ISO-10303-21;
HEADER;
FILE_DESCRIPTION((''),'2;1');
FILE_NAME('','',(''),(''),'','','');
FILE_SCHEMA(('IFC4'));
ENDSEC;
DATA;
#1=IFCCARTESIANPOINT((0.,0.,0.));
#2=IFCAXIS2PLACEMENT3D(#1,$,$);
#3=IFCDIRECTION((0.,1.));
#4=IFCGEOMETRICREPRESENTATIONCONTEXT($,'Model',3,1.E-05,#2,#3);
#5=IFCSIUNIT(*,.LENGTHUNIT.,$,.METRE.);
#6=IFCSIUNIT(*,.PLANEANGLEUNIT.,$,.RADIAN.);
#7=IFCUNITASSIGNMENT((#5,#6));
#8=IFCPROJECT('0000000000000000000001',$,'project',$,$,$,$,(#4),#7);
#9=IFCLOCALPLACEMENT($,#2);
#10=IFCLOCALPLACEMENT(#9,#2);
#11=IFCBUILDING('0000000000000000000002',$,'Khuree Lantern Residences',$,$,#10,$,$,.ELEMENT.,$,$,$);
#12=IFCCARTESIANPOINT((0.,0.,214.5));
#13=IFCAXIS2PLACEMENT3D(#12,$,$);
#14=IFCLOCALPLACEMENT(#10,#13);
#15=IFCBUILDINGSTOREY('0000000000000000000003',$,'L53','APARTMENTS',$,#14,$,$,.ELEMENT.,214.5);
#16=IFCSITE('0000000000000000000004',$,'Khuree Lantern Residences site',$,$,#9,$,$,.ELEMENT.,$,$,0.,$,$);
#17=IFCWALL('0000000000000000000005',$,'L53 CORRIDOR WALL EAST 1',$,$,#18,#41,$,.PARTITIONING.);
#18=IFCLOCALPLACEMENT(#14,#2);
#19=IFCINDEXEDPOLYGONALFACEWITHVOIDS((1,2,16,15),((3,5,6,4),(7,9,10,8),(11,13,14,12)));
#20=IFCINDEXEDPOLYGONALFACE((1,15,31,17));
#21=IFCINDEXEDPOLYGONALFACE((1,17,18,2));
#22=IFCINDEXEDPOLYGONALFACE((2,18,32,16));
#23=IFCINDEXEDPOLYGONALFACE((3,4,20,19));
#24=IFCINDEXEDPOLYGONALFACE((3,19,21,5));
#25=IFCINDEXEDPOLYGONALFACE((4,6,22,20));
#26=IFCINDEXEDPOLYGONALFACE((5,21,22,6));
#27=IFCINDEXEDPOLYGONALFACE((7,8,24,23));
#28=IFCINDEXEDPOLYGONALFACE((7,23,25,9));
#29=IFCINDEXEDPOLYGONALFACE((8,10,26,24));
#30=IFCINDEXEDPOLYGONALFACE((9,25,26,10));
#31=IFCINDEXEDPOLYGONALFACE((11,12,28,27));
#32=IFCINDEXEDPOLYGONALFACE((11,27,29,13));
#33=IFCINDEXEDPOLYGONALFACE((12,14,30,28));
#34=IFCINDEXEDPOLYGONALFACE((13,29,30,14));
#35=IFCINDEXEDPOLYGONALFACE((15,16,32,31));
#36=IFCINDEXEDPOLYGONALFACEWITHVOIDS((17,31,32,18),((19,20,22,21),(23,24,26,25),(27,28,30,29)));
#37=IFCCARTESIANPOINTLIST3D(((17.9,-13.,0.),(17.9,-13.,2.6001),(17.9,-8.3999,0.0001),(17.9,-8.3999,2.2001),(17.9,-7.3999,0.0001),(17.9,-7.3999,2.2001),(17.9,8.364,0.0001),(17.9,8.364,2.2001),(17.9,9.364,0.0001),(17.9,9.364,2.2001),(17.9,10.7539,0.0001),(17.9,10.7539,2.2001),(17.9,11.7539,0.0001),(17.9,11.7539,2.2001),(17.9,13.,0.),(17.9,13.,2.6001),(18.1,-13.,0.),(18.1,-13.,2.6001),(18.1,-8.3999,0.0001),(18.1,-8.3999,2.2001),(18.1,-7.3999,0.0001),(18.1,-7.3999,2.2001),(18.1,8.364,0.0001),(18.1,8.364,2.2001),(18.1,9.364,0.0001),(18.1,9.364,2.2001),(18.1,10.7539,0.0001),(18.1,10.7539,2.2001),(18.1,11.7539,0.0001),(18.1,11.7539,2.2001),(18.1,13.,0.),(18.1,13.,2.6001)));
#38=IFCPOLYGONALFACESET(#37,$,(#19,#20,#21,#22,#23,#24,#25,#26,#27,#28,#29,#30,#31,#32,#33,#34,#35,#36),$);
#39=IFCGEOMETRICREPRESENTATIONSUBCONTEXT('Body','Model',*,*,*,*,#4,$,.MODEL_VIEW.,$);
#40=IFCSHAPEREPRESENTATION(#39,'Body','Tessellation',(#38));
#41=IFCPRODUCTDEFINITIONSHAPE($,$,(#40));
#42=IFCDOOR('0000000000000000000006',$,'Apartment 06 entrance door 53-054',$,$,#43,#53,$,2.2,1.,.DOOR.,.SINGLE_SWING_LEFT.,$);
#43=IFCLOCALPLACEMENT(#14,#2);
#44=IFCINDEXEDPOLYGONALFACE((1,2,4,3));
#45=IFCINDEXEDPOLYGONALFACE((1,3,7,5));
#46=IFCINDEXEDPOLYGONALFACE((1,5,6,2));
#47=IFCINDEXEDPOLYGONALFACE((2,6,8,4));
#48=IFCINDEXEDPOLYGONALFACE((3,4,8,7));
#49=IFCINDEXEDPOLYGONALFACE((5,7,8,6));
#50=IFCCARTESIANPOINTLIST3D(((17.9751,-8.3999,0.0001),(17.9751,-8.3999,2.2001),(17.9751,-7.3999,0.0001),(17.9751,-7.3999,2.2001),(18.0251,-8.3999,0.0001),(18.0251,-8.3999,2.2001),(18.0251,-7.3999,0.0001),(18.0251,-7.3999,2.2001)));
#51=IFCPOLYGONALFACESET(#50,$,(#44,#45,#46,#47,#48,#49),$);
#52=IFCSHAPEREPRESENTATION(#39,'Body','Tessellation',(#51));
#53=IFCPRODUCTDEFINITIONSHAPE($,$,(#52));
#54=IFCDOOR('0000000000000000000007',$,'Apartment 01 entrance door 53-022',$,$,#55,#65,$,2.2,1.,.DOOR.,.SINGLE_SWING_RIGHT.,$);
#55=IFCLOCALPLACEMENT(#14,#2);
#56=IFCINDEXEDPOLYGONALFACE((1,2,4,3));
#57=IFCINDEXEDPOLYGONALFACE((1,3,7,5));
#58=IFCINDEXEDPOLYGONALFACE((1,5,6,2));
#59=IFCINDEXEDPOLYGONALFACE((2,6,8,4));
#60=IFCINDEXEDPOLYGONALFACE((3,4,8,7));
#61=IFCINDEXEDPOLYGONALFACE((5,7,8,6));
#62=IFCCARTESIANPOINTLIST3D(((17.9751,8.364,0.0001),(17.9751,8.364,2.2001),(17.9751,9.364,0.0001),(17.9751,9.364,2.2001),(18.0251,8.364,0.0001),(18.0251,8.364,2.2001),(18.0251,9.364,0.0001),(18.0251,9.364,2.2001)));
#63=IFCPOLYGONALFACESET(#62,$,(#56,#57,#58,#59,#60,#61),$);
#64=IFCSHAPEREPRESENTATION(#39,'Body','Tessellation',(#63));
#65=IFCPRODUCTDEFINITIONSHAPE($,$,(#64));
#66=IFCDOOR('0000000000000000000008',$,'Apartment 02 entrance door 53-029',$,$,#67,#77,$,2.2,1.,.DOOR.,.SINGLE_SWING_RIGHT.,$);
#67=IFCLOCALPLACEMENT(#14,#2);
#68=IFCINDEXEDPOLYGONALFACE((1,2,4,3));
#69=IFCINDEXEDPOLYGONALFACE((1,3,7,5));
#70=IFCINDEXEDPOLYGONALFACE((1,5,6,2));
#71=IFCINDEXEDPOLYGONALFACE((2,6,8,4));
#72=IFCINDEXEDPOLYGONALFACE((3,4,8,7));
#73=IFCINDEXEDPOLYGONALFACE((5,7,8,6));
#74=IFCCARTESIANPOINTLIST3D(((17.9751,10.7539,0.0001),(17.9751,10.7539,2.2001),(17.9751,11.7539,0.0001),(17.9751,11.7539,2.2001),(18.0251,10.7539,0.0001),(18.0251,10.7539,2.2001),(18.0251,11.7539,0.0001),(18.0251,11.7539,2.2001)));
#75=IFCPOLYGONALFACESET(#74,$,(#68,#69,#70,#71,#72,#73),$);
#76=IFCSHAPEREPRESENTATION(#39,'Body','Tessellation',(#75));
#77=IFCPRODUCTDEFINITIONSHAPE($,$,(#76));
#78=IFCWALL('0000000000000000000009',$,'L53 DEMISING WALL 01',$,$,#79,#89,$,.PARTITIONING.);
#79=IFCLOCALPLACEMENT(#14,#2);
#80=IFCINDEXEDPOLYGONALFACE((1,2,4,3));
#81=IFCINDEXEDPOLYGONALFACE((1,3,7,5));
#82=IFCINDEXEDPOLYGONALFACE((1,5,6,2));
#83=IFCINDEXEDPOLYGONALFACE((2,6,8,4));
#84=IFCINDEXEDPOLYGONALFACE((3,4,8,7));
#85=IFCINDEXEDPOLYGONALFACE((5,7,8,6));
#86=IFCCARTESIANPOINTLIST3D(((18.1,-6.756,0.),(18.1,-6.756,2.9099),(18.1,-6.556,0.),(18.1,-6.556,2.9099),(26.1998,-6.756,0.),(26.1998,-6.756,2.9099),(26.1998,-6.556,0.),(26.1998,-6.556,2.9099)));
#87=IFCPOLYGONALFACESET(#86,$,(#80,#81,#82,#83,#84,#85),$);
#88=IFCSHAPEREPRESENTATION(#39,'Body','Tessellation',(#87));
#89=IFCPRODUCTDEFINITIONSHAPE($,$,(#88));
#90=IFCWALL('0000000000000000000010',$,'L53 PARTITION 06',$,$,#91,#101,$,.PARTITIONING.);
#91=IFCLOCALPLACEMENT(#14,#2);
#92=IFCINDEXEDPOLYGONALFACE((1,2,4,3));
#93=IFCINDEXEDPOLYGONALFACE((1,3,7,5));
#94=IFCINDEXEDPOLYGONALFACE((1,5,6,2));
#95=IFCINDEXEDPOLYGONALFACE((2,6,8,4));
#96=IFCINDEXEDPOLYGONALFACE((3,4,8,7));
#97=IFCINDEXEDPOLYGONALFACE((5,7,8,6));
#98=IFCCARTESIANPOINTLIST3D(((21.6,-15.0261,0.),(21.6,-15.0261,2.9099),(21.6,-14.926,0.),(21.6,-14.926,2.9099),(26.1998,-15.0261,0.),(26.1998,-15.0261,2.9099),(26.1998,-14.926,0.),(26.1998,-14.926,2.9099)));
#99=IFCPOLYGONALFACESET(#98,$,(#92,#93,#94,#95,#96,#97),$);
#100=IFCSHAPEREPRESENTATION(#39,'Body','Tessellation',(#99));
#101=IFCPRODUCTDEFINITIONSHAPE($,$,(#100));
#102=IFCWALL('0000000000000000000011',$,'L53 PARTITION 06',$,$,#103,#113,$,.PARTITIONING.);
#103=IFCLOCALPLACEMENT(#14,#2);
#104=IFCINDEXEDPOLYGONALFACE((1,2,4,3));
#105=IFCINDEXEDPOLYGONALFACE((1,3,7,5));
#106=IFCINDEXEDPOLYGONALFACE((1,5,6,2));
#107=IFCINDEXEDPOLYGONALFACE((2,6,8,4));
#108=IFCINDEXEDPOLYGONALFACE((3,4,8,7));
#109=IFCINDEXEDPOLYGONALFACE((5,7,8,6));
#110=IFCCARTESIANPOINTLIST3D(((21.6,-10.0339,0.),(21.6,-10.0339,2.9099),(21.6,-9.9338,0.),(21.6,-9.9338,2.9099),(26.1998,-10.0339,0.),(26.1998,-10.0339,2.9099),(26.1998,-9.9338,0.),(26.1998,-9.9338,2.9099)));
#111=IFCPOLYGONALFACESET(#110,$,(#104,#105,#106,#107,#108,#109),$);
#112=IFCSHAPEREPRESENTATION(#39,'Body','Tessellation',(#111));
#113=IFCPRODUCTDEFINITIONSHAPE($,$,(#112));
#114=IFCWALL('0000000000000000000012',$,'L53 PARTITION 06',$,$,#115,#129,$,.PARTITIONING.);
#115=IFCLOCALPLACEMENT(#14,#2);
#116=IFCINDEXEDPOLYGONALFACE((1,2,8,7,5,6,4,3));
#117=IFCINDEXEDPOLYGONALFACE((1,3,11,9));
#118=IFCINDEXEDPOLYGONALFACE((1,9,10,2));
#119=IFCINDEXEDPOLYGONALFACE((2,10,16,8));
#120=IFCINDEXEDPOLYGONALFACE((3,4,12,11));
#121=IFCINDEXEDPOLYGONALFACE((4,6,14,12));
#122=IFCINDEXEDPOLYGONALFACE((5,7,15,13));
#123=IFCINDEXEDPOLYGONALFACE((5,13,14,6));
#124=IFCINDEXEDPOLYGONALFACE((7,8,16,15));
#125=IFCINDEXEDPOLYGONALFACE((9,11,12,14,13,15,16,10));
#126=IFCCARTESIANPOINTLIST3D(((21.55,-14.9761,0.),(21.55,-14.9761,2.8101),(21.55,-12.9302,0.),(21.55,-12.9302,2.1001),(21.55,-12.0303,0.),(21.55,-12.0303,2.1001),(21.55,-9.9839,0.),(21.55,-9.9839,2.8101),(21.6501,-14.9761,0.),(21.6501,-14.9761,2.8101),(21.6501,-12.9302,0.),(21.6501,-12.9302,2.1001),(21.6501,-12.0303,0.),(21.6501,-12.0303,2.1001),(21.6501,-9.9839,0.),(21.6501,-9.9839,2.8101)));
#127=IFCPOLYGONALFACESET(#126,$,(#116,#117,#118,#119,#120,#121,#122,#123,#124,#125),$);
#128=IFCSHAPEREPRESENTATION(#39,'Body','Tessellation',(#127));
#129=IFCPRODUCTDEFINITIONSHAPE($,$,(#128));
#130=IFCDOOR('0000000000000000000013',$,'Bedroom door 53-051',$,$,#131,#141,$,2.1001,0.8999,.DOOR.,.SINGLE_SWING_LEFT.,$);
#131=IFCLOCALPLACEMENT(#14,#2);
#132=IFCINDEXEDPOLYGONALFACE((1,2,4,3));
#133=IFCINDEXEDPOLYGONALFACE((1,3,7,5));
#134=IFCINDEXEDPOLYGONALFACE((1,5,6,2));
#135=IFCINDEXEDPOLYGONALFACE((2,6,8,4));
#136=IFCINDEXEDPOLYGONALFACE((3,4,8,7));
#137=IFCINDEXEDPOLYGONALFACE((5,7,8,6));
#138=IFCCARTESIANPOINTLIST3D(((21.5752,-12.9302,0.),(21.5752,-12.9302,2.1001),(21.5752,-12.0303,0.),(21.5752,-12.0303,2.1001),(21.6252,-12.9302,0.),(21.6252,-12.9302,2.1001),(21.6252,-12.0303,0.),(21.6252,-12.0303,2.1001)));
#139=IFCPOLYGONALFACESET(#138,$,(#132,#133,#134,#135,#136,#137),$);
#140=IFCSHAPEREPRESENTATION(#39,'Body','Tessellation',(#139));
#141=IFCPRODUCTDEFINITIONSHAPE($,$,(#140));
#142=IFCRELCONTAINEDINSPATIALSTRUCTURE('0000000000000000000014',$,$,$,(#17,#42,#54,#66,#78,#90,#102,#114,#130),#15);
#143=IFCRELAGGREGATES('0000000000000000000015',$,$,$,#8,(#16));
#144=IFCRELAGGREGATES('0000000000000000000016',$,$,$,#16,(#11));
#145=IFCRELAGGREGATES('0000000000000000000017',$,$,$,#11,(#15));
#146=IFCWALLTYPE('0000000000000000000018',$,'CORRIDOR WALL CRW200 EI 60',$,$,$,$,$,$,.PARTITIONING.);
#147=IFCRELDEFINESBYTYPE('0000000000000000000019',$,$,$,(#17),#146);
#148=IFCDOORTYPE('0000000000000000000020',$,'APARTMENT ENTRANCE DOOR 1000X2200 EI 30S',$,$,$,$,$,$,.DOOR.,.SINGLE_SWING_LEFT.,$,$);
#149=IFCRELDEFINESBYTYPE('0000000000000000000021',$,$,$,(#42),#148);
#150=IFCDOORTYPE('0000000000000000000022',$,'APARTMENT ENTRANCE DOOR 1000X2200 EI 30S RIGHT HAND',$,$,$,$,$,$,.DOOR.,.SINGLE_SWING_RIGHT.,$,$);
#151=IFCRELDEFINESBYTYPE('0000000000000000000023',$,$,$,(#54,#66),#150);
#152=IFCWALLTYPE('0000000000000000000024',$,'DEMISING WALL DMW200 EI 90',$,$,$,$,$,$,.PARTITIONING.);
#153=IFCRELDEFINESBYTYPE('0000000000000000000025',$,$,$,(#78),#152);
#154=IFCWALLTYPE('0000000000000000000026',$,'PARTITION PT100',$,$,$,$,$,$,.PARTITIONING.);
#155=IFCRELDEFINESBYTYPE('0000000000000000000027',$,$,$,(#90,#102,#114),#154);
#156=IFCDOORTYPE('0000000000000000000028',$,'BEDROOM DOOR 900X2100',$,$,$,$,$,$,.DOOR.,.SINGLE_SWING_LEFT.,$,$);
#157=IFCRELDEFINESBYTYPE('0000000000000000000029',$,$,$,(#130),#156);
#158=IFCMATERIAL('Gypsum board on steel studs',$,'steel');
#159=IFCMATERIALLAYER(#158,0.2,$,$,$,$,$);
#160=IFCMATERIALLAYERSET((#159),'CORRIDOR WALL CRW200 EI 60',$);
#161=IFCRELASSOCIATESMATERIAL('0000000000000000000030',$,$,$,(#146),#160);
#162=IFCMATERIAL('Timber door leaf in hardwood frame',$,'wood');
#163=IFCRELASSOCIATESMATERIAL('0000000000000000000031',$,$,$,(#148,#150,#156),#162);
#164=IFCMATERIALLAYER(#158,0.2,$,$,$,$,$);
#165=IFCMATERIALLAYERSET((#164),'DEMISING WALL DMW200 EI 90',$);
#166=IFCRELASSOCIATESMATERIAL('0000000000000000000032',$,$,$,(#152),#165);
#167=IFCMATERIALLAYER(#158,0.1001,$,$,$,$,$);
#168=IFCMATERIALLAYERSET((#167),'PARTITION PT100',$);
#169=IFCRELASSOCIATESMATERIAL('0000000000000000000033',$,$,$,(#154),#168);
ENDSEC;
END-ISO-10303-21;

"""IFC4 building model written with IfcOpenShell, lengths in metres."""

from ifc_helpers import new_model, si_unit, direction, frame, frame_2d, origin, place, context, subcontext, project, spatial, rectangle, extrude, material, layer, layer_set, type_object, element, fill, save


model = new_model("IFC4")

# Units and contexts
model_context = context("Model", 3, precision=1e-05, world=origin(), true_north=direction((0.0, 1.0)))
body_context = subcontext(model_context, "Body", "Model", "MODEL_VIEW")
ifc_project = project(units=[si_unit("LENGTHUNIT", "METRE"), si_unit("PLANEANGLEUNIT", "RADIAN")], contexts=[model_context])

# Site, building, storey
site_placement = place(None, origin())
site = spatial("IfcSite", under=ifc_project, at=site_placement, Name="Khuree Lantern Residences site", CompositionType="ELEMENT", RefElevation=0.0)
building_placement = place(site_placement, origin())
building = spatial("IfcBuilding", under=site, at=building_placement, Name="Khuree Lantern Residences", CompositionType="ELEMENT")
storey_placement = place(building_placement, frame((0.0, 0.0, 214.5)))
storey = spatial("IfcBuildingStorey", under=building, at=storey_placement, Name="L53", Description="APARTMENTS", CompositionType="ELEMENT", Elevation=214.5)

# Shared definitions
ifc_material_1 = material(Name="Timber door leaf in hardwood frame", Category="wood")

# Wall, openings, doors
ifc_material_2 = material(Name="Gypsum board on steel studs", Category="steel")
ifc_layer_1 = layer(ifc_material_2, 0.2)
ifc_layer_set_1 = layer_set([ifc_layer_1], Name="CORRIDOR WALL CRW200 EI 60")
wall_type_1 = type_object("IfcWallType", Name="CORRIDOR WALL CRW200 EI 60", PredefinedType="PARTITIONING", material=ifc_layer_set_1)
wall_1_placement = place(storey_placement, frame((18.0, -13.0, 0.0), z_axis=(0.0, 0.0, 1.0), x_axis=(0.0, 1.0, 0.0)))
wall_1 = element("IfcWall", 1, at=wall_1_placement, inside=storey, type_object=wall_type_1, Name="L53 CORRIDOR WALL EAST 1", PredefinedType="PARTITIONING", context=body_context, shape_type="SweptSolid", body=[
    extrude(rectangle(XDim=26.0, YDim=0.2, at=frame_2d((13.0, 0.0))), origin(), (0.0, 0.0, 1.0), 2.6001),
])
opening_1_placement = place(wall_1_placement, frame((21.364, 0.0, 0.0)))
opening_1 = element("IfcOpeningElement", 2, at=opening_1_placement, cuts=wall_1, PredefinedType="OPENING", context=body_context, shape_type="SweptSolid", body=[
    extrude(rectangle(XDim=1.0, YDim=2.2, at=frame_2d((0.5, 1.1001))), frame((0.0, 0.1099, 0.0), z_axis=(0.0, -1.0, 0.0), x_axis=(1.0, 0.0, 0.0)), (0.0, 0.0, 1.0), 0.22),
])
opening_2_placement = place(wall_1_placement, frame((23.7539, 0.0, 0.0)))
opening_2 = element("IfcOpeningElement", 3, at=opening_2_placement, cuts=wall_1, PredefinedType="OPENING", context=body_context, shape_type="SweptSolid", body=[
    extrude(rectangle(XDim=1.0, YDim=2.2, at=frame_2d((0.5, 1.1001))), frame((0.0, 0.1099, 0.0), z_axis=(0.0, -1.0, 0.0), x_axis=(1.0, 0.0, 0.0)), (0.0, 0.0, 1.0), 0.22),
])
opening_3_placement = place(wall_1_placement, frame((4.6001, 0.0, 0.0)))
opening_3 = element("IfcOpeningElement", 4, at=opening_3_placement, cuts=wall_1, PredefinedType="OPENING", context=body_context, shape_type="SweptSolid", body=[
    extrude(rectangle(XDim=1.0, YDim=2.2, at=frame_2d((0.5, 1.1001))), frame((0.0, 0.1099, 0.0), z_axis=(0.0, -1.0, 0.0), x_axis=(1.0, 0.0, 0.0)), (0.0, 0.0, 1.0), 0.22),
])
door_type_1 = type_object("IfcDoorType", Name="APARTMENT ENTRANCE DOOR 1000X2200 EI 30S", OperationType="SINGLE_SWING_LEFT", PredefinedType="DOOR", material=ifc_material_1)
door_1_placement = place(opening_3_placement, origin())
door_1 = element("IfcDoor", 5, at=door_1_placement, inside=storey, type_object=door_type_1, Name="Apartment 06 entrance door 53-054", OperationType="SINGLE_SWING_LEFT", OverallHeight=2.2, OverallWidth=1.0, PredefinedType="DOOR", context=body_context, shape_type="SweptSolid", body=[
    extrude(rectangle(XDim=1.0, YDim=2.2, at=frame_2d((0.5, 1.1001))), frame((0.0, 0.0249, 0.0), z_axis=(0.0, -1.0, 0.0), x_axis=(1.0, 0.0, 0.0)), (0.0, 0.0, 1.0), 0.05),
])
fill(opening_3, door_1)
door_type_2 = type_object("IfcDoorType", Name="APARTMENT ENTRANCE DOOR 1000X2200 EI 30S RIGHT HAND", OperationType="SINGLE_SWING_RIGHT", PredefinedType="DOOR", material=ifc_material_1)
door_2_placement = place(opening_1_placement, origin())
door_2 = element("IfcDoor", 6, at=door_2_placement, inside=storey, type_object=door_type_2, Name="Apartment 01 entrance door 53-022", OperationType="SINGLE_SWING_RIGHT", OverallHeight=2.2, OverallWidth=1.0, PredefinedType="DOOR", context=body_context, shape_type="SweptSolid", body=[
    extrude(rectangle(XDim=1.0, YDim=2.2, at=frame_2d((0.5, 1.1001))), frame((0.0, 0.0249, 0.0), z_axis=(0.0, -1.0, 0.0), x_axis=(1.0, 0.0, 0.0)), (0.0, 0.0, 1.0), 0.05),
])
fill(opening_1, door_2)
door_3_placement = place(opening_2_placement, origin())
door_3 = element("IfcDoor", 7, at=door_3_placement, inside=storey, type_object=door_type_2, Name="Apartment 02 entrance door 53-029", OperationType="SINGLE_SWING_RIGHT", OverallHeight=2.2, OverallWidth=1.0, PredefinedType="DOOR", context=body_context, shape_type="SweptSolid", body=[
    extrude(rectangle(XDim=1.0, YDim=2.2, at=frame_2d((0.5, 1.1001))), frame((0.0, 0.0249, 0.0), z_axis=(0.0, -1.0, 0.0), x_axis=(1.0, 0.0, 0.0)), (0.0, 0.0, 1.0), 0.05),
])
fill(opening_2, door_3)

# Walls
ifc_layer_2 = layer(ifc_material_2, 0.2)
ifc_layer_set_2 = layer_set([ifc_layer_2], Name="DEMISING WALL DMW200 EI 90")
wall_type_2 = type_object("IfcWallType", Name="DEMISING WALL DMW200 EI 90", PredefinedType="PARTITIONING", material=ifc_layer_set_2)
wall_2_placement = place(storey_placement, frame((18.1001, -6.656, 0.0), z_axis=(0.0, 0.0, 1.0), x_axis=(1.0, 0.0, 0.0)))
element("IfcWall", 8, at=wall_2_placement, inside=storey, type_object=wall_type_2, Name="L53 DEMISING WALL 01", PredefinedType="PARTITIONING", context=body_context, shape_type="SweptSolid", body=[
    extrude(rectangle(XDim=8.0999, YDim=0.2, at=frame_2d((4.0498, 0.0))), origin(), (0.0, 0.0, 1.0), 2.9099),
])
ifc_layer_3 = layer(ifc_material_2, 0.1001)
ifc_layer_set_3 = layer_set([ifc_layer_3], Name="PARTITION PT100")
wall_type_3 = type_object("IfcWallType", Name="PARTITION PT100", PredefinedType="PARTITIONING", material=ifc_layer_set_3)
for number, where, z_axis, x_axis, name in (
    (9, (21.6001, -14.9761, 0.0), (0.0, 0.0, 1.0), (1.0, 0.0, 0.0), "L53 PARTITION 06"),
    (10, (21.6001, -9.9839, 0.0), (0.0, 0.0, 1.0), (1.0, 0.0, 0.0), "L53 PARTITION 06"),
):
    element("IfcWall", number, at=place(storey_placement, frame(where, z_axis=z_axis, x_axis=x_axis)), inside=storey, type_object=wall_type_3, Name=name, PredefinedType="PARTITIONING", context=body_context, shape_type="SweptSolid", body=[
        extrude(rectangle(XDim=4.5999, YDim=0.1001, at=frame_2d((2.2998, 0.0))), origin(), (0.0, 0.0, 1.0), 2.9099),
    ])

# Wall, opening, door
wall_3_placement = place(storey_placement, frame((21.6001, -14.9761, 0.0), z_axis=(0.0, 0.0, 1.0), x_axis=(0.0, 1.0, 0.0)))
wall_3 = element("IfcWall", 11, at=wall_3_placement, inside=storey, type_object=wall_type_3, Name="L53 PARTITION 06", PredefinedType="PARTITIONING", context=body_context, shape_type="SweptSolid", body=[
    extrude(rectangle(XDim=4.9922, YDim=0.1001, at=frame_2d((2.4961, 0.0))), origin(), (0.0, 0.0, 1.0), 2.8101),
])
opening_4_placement = place(wall_3_placement, frame((2.0459, 0.0, 0.0)))
opening_4 = element("IfcOpeningElement", 12, at=opening_4_placement, cuts=wall_3, PredefinedType="OPENING", context=body_context, shape_type="SweptSolid", body=[
    extrude(rectangle(XDim=0.8999, YDim=2.1001, at=frame_2d((0.45, 1.05))), frame((0.0, 0.0601, 0.0), z_axis=(0.0, -1.0, 0.0), x_axis=(1.0, 0.0, 0.0)), (0.0, 0.0, 1.0), 0.1201),
])
door_type_3 = type_object("IfcDoorType", Name="BEDROOM DOOR 900X2100", OperationType="SINGLE_SWING_LEFT", PredefinedType="DOOR", material=ifc_material_1)
door_4_placement = place(opening_4_placement, origin())
door_4 = element("IfcDoor", 13, at=door_4_placement, inside=storey, type_object=door_type_3, Name="Bedroom door 53-051", OperationType="SINGLE_SWING_LEFT", OverallHeight=2.1001, OverallWidth=0.8999, PredefinedType="DOOR", context=body_context, shape_type="SweptSolid", body=[
    extrude(rectangle(XDim=0.8999, YDim=2.1001, at=frame_2d((0.45, 1.05))), frame((0.0, 0.0249, 0.0), z_axis=(0.0, -1.0, 0.0), x_axis=(1.0, 0.0, 0.0)), (0.0, 0.0, 1.0), 0.05),
])
fill(opening_4, door_4)

save(model, "model.ifc")
